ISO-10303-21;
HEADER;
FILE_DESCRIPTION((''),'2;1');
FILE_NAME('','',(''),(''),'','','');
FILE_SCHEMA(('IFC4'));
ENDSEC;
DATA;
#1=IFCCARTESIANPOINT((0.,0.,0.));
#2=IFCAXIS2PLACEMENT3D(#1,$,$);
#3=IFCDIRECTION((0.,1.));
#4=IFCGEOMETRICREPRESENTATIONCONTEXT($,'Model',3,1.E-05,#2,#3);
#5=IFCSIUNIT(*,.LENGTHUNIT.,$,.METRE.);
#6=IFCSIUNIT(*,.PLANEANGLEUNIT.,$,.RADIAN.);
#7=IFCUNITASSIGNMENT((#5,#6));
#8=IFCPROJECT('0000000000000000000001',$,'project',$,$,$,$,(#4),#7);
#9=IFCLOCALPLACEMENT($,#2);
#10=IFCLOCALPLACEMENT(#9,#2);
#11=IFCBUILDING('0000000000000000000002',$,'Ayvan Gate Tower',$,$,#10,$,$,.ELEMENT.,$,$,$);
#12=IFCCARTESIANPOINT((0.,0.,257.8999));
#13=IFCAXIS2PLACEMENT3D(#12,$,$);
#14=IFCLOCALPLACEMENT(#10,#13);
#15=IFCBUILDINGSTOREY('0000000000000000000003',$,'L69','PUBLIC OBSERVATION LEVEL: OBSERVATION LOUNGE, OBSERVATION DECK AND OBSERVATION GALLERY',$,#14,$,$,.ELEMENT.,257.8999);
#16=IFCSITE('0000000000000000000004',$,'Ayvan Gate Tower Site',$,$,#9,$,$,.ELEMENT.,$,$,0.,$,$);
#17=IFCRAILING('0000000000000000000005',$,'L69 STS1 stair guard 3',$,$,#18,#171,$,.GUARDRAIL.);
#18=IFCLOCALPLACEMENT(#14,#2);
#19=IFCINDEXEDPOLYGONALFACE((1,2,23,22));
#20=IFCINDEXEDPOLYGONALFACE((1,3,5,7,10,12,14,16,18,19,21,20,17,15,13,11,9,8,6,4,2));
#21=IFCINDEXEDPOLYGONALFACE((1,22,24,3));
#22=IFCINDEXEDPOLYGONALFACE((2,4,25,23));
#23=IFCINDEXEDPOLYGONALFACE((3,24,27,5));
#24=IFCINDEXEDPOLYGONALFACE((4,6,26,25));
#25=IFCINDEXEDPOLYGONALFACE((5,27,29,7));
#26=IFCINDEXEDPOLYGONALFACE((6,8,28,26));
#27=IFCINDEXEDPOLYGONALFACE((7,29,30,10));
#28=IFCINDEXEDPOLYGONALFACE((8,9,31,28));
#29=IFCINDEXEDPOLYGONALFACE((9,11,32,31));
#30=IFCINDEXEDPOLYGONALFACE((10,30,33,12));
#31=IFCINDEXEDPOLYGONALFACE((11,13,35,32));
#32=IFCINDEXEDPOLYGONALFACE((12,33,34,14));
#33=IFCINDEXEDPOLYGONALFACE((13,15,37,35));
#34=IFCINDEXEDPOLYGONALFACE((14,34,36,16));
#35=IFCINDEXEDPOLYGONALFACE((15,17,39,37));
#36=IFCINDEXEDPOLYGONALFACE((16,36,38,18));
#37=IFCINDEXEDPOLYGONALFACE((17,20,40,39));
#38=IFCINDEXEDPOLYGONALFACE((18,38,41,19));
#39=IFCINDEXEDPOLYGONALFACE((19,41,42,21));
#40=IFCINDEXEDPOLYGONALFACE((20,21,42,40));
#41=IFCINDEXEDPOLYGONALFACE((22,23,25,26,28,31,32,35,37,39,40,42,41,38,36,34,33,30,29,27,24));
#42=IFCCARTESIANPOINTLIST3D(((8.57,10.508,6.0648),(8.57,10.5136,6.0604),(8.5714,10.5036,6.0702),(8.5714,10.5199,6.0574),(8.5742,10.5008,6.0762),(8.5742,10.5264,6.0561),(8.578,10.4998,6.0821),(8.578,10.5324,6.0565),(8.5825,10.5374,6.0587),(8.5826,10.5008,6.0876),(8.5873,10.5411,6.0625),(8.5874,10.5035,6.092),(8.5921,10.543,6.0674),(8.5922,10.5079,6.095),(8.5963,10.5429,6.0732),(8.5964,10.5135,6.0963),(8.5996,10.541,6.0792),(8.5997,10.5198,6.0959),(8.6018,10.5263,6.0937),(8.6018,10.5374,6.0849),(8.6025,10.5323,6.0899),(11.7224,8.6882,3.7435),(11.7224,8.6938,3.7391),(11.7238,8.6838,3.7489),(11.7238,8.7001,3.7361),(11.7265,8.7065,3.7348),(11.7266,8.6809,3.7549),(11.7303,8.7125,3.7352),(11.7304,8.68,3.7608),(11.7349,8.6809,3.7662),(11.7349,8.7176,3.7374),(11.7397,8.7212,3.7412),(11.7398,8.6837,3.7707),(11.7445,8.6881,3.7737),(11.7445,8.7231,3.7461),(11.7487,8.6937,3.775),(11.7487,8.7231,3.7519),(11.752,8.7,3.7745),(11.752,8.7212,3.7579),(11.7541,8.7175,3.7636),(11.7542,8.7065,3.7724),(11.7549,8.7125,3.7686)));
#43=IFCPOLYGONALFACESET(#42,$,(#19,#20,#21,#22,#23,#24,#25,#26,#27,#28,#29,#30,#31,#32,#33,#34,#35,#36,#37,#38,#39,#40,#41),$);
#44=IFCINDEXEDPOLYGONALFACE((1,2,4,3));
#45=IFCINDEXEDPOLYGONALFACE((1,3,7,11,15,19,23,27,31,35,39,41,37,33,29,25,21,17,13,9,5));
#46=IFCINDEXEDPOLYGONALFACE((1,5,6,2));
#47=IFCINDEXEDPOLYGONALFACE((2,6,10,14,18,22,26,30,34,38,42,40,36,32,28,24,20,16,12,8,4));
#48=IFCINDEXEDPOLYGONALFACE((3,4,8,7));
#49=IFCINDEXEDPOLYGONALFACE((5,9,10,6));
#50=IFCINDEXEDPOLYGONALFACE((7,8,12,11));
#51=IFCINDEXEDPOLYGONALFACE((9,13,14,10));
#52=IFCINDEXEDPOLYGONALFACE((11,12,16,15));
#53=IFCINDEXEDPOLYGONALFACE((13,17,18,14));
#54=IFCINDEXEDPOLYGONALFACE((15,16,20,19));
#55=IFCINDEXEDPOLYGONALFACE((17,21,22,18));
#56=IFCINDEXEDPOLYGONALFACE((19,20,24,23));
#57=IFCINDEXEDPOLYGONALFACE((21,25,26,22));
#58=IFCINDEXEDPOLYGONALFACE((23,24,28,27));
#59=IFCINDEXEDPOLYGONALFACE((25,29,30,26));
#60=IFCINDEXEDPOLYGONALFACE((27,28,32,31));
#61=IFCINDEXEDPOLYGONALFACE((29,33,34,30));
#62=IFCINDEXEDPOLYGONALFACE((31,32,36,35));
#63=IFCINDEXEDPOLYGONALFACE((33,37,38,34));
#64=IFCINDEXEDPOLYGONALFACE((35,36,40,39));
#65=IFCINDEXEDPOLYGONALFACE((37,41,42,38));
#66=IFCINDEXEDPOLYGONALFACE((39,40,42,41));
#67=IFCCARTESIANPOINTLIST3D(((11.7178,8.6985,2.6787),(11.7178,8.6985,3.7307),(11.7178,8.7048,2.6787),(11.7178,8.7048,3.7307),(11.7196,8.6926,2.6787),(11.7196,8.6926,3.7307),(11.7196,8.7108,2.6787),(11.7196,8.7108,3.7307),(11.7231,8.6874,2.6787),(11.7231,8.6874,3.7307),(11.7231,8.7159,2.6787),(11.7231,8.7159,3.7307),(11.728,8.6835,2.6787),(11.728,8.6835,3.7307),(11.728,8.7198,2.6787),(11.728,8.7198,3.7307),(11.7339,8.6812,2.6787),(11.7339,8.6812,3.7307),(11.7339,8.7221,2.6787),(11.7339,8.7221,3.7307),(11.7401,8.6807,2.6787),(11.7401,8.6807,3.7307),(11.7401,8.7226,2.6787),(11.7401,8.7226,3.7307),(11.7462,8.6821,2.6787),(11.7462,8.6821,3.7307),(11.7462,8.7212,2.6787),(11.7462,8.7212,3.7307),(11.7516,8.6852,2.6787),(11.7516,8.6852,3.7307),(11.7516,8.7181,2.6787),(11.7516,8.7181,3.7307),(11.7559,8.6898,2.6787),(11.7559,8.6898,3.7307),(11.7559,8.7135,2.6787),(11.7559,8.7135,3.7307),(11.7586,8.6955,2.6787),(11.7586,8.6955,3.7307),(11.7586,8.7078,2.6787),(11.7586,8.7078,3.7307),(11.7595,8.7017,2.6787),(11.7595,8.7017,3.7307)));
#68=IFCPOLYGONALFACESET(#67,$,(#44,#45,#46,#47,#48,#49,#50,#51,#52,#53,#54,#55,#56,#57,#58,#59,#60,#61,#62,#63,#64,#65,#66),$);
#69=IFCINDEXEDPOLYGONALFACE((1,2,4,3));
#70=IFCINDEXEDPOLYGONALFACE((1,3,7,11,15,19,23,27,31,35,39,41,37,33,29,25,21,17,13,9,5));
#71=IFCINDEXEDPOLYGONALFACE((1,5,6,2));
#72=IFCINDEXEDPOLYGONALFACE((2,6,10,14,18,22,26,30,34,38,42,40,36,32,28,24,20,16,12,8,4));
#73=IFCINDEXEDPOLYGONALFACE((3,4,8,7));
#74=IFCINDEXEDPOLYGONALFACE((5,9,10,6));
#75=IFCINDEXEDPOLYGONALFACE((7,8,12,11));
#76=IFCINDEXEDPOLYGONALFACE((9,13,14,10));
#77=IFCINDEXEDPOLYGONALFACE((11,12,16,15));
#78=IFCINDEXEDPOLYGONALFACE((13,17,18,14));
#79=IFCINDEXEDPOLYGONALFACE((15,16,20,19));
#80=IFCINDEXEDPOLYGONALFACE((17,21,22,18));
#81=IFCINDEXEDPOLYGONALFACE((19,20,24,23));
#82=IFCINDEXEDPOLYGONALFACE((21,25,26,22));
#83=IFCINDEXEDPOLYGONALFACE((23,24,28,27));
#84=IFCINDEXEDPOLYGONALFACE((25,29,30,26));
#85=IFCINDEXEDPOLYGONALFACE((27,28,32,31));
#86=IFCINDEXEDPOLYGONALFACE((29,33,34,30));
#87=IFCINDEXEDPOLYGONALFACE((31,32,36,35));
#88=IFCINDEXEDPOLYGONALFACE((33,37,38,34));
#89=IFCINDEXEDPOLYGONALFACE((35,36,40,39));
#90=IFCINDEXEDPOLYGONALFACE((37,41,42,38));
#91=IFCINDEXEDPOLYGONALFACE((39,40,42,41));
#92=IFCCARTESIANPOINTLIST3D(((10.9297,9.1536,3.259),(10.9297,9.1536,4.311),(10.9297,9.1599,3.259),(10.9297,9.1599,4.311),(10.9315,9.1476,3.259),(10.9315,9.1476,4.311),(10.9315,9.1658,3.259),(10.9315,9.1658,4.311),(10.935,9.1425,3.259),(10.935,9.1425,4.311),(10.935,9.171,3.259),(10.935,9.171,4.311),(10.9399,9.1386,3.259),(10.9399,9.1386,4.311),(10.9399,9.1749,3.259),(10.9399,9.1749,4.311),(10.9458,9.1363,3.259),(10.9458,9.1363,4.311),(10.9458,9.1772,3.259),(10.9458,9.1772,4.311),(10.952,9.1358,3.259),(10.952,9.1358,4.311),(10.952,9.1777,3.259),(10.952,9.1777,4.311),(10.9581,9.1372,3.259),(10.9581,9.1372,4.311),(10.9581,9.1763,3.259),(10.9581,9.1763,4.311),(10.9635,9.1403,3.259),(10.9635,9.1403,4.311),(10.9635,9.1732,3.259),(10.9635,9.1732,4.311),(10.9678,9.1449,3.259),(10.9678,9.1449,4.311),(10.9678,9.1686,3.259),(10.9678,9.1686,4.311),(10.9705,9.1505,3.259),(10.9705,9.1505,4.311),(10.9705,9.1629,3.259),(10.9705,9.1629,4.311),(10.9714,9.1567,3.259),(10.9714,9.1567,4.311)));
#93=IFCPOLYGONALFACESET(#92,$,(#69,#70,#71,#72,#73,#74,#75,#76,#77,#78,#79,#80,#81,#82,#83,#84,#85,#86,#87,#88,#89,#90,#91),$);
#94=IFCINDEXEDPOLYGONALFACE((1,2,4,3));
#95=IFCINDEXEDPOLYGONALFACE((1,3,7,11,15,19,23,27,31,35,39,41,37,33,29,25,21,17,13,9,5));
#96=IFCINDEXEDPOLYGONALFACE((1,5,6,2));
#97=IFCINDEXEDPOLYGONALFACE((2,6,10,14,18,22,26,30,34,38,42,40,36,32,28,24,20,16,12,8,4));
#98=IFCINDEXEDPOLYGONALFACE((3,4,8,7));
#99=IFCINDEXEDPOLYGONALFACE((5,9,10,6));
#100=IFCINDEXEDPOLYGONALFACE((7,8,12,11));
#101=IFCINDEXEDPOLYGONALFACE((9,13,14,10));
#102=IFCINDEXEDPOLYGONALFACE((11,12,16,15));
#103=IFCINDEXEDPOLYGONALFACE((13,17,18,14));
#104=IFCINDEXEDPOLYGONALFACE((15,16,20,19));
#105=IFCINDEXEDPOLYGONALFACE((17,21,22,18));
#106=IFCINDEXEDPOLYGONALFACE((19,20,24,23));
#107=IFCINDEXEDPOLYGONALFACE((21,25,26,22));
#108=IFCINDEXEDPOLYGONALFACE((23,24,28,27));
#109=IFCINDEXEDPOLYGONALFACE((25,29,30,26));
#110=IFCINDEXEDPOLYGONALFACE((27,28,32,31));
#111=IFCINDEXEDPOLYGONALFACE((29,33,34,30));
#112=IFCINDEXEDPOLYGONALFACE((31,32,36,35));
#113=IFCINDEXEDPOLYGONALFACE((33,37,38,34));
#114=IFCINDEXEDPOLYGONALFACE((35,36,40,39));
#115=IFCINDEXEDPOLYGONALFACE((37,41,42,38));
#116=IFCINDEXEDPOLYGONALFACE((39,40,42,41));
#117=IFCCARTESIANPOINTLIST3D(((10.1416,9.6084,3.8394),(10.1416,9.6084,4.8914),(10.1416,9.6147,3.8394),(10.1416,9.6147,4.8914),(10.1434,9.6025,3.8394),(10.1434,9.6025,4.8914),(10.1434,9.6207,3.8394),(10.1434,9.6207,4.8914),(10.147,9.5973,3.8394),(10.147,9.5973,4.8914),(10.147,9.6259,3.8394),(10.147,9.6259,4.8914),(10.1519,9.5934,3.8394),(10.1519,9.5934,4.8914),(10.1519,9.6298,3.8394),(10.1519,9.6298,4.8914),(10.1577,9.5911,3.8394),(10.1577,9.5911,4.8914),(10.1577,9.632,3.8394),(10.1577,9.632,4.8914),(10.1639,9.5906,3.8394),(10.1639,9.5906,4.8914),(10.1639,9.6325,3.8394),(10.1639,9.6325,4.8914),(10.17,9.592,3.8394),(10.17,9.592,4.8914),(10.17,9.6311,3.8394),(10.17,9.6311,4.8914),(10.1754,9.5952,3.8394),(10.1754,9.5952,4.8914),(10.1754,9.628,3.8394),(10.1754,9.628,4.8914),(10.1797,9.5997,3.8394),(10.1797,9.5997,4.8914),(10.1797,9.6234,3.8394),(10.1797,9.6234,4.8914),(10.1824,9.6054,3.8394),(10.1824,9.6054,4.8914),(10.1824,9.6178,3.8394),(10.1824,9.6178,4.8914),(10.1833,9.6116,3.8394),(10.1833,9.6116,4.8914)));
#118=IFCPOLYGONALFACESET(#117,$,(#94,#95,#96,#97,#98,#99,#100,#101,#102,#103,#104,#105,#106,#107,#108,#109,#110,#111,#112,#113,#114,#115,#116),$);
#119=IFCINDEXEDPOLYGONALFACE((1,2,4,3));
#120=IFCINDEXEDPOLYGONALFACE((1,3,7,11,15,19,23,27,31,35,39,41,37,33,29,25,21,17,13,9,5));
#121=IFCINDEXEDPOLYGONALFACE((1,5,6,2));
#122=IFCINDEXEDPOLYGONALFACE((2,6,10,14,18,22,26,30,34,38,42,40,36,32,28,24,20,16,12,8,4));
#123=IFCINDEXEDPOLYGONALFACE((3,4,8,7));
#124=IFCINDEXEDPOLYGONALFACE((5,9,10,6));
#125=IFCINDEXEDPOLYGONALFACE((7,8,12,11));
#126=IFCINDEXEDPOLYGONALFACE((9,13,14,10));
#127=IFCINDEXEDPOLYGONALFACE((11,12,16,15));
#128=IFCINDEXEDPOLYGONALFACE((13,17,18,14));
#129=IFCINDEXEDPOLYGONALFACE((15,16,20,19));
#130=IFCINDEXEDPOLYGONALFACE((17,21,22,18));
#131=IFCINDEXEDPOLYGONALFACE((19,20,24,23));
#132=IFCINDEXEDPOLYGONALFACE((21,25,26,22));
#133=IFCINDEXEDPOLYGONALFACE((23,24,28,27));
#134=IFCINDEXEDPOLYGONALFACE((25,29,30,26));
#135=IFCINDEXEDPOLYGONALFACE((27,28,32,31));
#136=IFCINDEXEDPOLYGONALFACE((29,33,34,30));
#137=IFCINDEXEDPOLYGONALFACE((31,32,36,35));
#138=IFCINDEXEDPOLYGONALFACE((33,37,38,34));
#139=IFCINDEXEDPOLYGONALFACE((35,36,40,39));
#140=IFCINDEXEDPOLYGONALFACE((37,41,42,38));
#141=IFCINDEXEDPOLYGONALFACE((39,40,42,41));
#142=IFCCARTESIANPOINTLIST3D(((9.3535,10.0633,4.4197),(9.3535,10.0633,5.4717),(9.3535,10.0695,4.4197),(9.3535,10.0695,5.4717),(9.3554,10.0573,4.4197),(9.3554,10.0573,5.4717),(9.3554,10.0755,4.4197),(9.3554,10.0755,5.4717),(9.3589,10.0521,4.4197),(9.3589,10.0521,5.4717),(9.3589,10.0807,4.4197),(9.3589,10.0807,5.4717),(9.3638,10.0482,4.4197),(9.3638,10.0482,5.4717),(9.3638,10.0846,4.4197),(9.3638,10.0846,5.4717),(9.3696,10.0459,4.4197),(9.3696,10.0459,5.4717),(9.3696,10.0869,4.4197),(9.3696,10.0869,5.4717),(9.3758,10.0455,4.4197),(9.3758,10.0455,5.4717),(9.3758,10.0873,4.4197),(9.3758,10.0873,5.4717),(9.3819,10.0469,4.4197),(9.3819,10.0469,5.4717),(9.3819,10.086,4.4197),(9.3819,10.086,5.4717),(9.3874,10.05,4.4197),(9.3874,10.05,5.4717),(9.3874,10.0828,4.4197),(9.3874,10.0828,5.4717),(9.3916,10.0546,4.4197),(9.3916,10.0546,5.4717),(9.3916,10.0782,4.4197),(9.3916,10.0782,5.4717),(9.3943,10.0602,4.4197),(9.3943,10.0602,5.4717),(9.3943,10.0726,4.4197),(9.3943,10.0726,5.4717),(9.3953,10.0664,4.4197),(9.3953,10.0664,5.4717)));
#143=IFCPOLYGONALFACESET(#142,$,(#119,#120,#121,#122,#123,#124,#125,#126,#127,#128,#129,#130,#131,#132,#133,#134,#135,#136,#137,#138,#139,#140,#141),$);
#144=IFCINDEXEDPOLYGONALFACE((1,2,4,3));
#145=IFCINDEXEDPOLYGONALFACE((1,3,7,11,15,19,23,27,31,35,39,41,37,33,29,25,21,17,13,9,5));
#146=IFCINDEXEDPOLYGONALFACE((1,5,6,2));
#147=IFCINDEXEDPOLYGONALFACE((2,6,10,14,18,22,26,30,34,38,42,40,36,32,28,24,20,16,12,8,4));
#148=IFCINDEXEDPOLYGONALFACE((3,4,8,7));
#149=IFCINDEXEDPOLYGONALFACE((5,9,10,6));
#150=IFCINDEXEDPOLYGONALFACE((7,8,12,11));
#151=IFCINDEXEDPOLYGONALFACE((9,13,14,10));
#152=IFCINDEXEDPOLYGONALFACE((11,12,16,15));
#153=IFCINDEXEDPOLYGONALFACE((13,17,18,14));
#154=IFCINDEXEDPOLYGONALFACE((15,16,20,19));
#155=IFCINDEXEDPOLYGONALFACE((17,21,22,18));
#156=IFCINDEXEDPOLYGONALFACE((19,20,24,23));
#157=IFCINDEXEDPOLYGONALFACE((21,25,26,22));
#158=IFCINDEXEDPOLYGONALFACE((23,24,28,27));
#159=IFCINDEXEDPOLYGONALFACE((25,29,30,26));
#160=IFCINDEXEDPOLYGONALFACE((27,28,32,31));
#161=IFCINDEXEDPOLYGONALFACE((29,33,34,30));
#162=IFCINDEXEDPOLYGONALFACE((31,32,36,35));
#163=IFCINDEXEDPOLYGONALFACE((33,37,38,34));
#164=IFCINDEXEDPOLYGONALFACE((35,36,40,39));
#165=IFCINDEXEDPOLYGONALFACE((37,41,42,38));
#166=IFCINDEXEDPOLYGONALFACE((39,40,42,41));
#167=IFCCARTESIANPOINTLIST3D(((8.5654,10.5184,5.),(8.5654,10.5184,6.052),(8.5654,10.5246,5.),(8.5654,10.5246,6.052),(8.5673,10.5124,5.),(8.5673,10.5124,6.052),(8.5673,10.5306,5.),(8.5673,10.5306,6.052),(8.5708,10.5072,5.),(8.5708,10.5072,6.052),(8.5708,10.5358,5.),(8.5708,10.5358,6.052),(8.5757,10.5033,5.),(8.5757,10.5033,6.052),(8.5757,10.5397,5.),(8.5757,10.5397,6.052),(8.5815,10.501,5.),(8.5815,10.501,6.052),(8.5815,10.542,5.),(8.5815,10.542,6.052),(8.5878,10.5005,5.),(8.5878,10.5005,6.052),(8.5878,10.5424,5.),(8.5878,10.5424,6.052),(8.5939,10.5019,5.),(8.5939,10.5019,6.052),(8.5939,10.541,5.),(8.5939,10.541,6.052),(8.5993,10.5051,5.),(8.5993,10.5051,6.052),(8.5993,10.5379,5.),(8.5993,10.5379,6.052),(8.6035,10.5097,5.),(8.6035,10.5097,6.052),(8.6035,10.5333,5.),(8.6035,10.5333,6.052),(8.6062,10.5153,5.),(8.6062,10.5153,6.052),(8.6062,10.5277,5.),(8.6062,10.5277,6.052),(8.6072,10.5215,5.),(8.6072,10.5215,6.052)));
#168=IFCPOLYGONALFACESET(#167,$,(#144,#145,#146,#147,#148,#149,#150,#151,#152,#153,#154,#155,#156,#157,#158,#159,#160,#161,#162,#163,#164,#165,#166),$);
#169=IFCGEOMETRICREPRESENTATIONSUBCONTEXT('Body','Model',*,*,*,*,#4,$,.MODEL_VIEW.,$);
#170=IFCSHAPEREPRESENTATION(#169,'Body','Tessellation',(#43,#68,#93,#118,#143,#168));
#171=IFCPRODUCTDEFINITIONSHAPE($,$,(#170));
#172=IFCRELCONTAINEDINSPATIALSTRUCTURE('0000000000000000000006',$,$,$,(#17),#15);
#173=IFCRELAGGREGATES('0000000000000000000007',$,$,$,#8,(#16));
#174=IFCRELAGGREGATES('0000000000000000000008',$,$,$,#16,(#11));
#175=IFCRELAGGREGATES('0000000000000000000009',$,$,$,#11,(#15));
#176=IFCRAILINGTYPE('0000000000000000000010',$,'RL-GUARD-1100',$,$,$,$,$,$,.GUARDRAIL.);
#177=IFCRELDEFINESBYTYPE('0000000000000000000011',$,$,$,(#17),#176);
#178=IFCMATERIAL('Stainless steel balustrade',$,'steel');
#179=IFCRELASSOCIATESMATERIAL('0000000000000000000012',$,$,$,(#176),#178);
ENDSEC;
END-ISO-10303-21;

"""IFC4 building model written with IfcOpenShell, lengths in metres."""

from ifc_helpers import new_model, si_unit, direction, frame, origin, origin_2d, place, context, subcontext, project, spatial, circle, extrude, material, type_object, element, save


model = new_model("IFC4")

# Units and contexts
model_context = context("Model", 3, precision=1e-05, world=origin(), true_north=direction((0.0, 1.0)))
body_context = subcontext(model_context, "Body", "Model", "MODEL_VIEW")
ifc_project = project(units=[si_unit("LENGTHUNIT", "METRE"), si_unit("PLANEANGLEUNIT", "RADIAN")], contexts=[model_context])

# Site, building, storey
site_placement = place(None, origin())
site = spatial("IfcSite", under=ifc_project, at=site_placement, Name="Ayvan Gate Tower Site", CompositionType="ELEMENT", RefElevation=0.0)
building_placement = place(site_placement, origin())
building = spatial("IfcBuilding", under=site, at=building_placement, Name="Ayvan Gate Tower", CompositionType="ELEMENT")
storey_placement = place(building_placement, frame((0.0, 0.0, 257.8999)))
storey = spatial("IfcBuildingStorey", under=building, at=storey_placement, Name="L69", Description="PUBLIC OBSERVATION LEVEL: OBSERVATION LOUNGE, OBSERVATION DECK AND OBSERVATION GALLERY", CompositionType="ELEMENT", Elevation=257.8999)

# Railing
ifc_material_1 = material(Name="Stainless steel balustrade", Category="steel")
railing_type_1 = type_object("IfcRailingType", Name="RL-GUARD-1100", PredefinedType="GUARDRAIL", material=ifc_material_1)
railing_1_placement = place(storey_placement, frame((11.7385, 8.7017, 2.6787)))
element("IfcRailing", 1, at=railing_1_placement, inside=storey, type_object=railing_type_1, Name="L69 STS1 stair guard 3", PredefinedType="GUARDRAIL", context=body_context, shape_type="SweptSolid", body=[
    extrude(circle(Radius=0.0239, at=origin_2d()), frame((0.0, 0.0, 1.0762), z_axis=(-0.730198, 0.421538, 0.537695), x_axis=(-0.499962, -0.866047, 0.0)), (0.0, 0.0, 1.0), 4.3171),
    extrude(circle(Radius=0.021, at=origin_2d()), origin(), (0.0, 0.0, 1.0), 1.052),
    extrude(circle(Radius=0.021, at=origin_2d()), frame((-0.7881, 0.4551, 0.5803)), (0.0, 0.0, 1.0), 1.052),
    extrude(circle(Radius=0.021, at=origin_2d()), frame((-1.5762, 0.9099, 1.1606)), (0.0, 0.0, 1.0), 1.052),
    extrude(circle(Radius=0.021, at=origin_2d()), frame((-2.3643, 1.3647, 1.741)), (0.0, 0.0, 1.0), 1.052),
    extrude(circle(Radius=0.021, at=origin_2d()), frame((-3.1523, 1.8198, 2.3213)), (0.0, 0.0, 1.0), 1.052),
])

save(model, "model.ifc")
